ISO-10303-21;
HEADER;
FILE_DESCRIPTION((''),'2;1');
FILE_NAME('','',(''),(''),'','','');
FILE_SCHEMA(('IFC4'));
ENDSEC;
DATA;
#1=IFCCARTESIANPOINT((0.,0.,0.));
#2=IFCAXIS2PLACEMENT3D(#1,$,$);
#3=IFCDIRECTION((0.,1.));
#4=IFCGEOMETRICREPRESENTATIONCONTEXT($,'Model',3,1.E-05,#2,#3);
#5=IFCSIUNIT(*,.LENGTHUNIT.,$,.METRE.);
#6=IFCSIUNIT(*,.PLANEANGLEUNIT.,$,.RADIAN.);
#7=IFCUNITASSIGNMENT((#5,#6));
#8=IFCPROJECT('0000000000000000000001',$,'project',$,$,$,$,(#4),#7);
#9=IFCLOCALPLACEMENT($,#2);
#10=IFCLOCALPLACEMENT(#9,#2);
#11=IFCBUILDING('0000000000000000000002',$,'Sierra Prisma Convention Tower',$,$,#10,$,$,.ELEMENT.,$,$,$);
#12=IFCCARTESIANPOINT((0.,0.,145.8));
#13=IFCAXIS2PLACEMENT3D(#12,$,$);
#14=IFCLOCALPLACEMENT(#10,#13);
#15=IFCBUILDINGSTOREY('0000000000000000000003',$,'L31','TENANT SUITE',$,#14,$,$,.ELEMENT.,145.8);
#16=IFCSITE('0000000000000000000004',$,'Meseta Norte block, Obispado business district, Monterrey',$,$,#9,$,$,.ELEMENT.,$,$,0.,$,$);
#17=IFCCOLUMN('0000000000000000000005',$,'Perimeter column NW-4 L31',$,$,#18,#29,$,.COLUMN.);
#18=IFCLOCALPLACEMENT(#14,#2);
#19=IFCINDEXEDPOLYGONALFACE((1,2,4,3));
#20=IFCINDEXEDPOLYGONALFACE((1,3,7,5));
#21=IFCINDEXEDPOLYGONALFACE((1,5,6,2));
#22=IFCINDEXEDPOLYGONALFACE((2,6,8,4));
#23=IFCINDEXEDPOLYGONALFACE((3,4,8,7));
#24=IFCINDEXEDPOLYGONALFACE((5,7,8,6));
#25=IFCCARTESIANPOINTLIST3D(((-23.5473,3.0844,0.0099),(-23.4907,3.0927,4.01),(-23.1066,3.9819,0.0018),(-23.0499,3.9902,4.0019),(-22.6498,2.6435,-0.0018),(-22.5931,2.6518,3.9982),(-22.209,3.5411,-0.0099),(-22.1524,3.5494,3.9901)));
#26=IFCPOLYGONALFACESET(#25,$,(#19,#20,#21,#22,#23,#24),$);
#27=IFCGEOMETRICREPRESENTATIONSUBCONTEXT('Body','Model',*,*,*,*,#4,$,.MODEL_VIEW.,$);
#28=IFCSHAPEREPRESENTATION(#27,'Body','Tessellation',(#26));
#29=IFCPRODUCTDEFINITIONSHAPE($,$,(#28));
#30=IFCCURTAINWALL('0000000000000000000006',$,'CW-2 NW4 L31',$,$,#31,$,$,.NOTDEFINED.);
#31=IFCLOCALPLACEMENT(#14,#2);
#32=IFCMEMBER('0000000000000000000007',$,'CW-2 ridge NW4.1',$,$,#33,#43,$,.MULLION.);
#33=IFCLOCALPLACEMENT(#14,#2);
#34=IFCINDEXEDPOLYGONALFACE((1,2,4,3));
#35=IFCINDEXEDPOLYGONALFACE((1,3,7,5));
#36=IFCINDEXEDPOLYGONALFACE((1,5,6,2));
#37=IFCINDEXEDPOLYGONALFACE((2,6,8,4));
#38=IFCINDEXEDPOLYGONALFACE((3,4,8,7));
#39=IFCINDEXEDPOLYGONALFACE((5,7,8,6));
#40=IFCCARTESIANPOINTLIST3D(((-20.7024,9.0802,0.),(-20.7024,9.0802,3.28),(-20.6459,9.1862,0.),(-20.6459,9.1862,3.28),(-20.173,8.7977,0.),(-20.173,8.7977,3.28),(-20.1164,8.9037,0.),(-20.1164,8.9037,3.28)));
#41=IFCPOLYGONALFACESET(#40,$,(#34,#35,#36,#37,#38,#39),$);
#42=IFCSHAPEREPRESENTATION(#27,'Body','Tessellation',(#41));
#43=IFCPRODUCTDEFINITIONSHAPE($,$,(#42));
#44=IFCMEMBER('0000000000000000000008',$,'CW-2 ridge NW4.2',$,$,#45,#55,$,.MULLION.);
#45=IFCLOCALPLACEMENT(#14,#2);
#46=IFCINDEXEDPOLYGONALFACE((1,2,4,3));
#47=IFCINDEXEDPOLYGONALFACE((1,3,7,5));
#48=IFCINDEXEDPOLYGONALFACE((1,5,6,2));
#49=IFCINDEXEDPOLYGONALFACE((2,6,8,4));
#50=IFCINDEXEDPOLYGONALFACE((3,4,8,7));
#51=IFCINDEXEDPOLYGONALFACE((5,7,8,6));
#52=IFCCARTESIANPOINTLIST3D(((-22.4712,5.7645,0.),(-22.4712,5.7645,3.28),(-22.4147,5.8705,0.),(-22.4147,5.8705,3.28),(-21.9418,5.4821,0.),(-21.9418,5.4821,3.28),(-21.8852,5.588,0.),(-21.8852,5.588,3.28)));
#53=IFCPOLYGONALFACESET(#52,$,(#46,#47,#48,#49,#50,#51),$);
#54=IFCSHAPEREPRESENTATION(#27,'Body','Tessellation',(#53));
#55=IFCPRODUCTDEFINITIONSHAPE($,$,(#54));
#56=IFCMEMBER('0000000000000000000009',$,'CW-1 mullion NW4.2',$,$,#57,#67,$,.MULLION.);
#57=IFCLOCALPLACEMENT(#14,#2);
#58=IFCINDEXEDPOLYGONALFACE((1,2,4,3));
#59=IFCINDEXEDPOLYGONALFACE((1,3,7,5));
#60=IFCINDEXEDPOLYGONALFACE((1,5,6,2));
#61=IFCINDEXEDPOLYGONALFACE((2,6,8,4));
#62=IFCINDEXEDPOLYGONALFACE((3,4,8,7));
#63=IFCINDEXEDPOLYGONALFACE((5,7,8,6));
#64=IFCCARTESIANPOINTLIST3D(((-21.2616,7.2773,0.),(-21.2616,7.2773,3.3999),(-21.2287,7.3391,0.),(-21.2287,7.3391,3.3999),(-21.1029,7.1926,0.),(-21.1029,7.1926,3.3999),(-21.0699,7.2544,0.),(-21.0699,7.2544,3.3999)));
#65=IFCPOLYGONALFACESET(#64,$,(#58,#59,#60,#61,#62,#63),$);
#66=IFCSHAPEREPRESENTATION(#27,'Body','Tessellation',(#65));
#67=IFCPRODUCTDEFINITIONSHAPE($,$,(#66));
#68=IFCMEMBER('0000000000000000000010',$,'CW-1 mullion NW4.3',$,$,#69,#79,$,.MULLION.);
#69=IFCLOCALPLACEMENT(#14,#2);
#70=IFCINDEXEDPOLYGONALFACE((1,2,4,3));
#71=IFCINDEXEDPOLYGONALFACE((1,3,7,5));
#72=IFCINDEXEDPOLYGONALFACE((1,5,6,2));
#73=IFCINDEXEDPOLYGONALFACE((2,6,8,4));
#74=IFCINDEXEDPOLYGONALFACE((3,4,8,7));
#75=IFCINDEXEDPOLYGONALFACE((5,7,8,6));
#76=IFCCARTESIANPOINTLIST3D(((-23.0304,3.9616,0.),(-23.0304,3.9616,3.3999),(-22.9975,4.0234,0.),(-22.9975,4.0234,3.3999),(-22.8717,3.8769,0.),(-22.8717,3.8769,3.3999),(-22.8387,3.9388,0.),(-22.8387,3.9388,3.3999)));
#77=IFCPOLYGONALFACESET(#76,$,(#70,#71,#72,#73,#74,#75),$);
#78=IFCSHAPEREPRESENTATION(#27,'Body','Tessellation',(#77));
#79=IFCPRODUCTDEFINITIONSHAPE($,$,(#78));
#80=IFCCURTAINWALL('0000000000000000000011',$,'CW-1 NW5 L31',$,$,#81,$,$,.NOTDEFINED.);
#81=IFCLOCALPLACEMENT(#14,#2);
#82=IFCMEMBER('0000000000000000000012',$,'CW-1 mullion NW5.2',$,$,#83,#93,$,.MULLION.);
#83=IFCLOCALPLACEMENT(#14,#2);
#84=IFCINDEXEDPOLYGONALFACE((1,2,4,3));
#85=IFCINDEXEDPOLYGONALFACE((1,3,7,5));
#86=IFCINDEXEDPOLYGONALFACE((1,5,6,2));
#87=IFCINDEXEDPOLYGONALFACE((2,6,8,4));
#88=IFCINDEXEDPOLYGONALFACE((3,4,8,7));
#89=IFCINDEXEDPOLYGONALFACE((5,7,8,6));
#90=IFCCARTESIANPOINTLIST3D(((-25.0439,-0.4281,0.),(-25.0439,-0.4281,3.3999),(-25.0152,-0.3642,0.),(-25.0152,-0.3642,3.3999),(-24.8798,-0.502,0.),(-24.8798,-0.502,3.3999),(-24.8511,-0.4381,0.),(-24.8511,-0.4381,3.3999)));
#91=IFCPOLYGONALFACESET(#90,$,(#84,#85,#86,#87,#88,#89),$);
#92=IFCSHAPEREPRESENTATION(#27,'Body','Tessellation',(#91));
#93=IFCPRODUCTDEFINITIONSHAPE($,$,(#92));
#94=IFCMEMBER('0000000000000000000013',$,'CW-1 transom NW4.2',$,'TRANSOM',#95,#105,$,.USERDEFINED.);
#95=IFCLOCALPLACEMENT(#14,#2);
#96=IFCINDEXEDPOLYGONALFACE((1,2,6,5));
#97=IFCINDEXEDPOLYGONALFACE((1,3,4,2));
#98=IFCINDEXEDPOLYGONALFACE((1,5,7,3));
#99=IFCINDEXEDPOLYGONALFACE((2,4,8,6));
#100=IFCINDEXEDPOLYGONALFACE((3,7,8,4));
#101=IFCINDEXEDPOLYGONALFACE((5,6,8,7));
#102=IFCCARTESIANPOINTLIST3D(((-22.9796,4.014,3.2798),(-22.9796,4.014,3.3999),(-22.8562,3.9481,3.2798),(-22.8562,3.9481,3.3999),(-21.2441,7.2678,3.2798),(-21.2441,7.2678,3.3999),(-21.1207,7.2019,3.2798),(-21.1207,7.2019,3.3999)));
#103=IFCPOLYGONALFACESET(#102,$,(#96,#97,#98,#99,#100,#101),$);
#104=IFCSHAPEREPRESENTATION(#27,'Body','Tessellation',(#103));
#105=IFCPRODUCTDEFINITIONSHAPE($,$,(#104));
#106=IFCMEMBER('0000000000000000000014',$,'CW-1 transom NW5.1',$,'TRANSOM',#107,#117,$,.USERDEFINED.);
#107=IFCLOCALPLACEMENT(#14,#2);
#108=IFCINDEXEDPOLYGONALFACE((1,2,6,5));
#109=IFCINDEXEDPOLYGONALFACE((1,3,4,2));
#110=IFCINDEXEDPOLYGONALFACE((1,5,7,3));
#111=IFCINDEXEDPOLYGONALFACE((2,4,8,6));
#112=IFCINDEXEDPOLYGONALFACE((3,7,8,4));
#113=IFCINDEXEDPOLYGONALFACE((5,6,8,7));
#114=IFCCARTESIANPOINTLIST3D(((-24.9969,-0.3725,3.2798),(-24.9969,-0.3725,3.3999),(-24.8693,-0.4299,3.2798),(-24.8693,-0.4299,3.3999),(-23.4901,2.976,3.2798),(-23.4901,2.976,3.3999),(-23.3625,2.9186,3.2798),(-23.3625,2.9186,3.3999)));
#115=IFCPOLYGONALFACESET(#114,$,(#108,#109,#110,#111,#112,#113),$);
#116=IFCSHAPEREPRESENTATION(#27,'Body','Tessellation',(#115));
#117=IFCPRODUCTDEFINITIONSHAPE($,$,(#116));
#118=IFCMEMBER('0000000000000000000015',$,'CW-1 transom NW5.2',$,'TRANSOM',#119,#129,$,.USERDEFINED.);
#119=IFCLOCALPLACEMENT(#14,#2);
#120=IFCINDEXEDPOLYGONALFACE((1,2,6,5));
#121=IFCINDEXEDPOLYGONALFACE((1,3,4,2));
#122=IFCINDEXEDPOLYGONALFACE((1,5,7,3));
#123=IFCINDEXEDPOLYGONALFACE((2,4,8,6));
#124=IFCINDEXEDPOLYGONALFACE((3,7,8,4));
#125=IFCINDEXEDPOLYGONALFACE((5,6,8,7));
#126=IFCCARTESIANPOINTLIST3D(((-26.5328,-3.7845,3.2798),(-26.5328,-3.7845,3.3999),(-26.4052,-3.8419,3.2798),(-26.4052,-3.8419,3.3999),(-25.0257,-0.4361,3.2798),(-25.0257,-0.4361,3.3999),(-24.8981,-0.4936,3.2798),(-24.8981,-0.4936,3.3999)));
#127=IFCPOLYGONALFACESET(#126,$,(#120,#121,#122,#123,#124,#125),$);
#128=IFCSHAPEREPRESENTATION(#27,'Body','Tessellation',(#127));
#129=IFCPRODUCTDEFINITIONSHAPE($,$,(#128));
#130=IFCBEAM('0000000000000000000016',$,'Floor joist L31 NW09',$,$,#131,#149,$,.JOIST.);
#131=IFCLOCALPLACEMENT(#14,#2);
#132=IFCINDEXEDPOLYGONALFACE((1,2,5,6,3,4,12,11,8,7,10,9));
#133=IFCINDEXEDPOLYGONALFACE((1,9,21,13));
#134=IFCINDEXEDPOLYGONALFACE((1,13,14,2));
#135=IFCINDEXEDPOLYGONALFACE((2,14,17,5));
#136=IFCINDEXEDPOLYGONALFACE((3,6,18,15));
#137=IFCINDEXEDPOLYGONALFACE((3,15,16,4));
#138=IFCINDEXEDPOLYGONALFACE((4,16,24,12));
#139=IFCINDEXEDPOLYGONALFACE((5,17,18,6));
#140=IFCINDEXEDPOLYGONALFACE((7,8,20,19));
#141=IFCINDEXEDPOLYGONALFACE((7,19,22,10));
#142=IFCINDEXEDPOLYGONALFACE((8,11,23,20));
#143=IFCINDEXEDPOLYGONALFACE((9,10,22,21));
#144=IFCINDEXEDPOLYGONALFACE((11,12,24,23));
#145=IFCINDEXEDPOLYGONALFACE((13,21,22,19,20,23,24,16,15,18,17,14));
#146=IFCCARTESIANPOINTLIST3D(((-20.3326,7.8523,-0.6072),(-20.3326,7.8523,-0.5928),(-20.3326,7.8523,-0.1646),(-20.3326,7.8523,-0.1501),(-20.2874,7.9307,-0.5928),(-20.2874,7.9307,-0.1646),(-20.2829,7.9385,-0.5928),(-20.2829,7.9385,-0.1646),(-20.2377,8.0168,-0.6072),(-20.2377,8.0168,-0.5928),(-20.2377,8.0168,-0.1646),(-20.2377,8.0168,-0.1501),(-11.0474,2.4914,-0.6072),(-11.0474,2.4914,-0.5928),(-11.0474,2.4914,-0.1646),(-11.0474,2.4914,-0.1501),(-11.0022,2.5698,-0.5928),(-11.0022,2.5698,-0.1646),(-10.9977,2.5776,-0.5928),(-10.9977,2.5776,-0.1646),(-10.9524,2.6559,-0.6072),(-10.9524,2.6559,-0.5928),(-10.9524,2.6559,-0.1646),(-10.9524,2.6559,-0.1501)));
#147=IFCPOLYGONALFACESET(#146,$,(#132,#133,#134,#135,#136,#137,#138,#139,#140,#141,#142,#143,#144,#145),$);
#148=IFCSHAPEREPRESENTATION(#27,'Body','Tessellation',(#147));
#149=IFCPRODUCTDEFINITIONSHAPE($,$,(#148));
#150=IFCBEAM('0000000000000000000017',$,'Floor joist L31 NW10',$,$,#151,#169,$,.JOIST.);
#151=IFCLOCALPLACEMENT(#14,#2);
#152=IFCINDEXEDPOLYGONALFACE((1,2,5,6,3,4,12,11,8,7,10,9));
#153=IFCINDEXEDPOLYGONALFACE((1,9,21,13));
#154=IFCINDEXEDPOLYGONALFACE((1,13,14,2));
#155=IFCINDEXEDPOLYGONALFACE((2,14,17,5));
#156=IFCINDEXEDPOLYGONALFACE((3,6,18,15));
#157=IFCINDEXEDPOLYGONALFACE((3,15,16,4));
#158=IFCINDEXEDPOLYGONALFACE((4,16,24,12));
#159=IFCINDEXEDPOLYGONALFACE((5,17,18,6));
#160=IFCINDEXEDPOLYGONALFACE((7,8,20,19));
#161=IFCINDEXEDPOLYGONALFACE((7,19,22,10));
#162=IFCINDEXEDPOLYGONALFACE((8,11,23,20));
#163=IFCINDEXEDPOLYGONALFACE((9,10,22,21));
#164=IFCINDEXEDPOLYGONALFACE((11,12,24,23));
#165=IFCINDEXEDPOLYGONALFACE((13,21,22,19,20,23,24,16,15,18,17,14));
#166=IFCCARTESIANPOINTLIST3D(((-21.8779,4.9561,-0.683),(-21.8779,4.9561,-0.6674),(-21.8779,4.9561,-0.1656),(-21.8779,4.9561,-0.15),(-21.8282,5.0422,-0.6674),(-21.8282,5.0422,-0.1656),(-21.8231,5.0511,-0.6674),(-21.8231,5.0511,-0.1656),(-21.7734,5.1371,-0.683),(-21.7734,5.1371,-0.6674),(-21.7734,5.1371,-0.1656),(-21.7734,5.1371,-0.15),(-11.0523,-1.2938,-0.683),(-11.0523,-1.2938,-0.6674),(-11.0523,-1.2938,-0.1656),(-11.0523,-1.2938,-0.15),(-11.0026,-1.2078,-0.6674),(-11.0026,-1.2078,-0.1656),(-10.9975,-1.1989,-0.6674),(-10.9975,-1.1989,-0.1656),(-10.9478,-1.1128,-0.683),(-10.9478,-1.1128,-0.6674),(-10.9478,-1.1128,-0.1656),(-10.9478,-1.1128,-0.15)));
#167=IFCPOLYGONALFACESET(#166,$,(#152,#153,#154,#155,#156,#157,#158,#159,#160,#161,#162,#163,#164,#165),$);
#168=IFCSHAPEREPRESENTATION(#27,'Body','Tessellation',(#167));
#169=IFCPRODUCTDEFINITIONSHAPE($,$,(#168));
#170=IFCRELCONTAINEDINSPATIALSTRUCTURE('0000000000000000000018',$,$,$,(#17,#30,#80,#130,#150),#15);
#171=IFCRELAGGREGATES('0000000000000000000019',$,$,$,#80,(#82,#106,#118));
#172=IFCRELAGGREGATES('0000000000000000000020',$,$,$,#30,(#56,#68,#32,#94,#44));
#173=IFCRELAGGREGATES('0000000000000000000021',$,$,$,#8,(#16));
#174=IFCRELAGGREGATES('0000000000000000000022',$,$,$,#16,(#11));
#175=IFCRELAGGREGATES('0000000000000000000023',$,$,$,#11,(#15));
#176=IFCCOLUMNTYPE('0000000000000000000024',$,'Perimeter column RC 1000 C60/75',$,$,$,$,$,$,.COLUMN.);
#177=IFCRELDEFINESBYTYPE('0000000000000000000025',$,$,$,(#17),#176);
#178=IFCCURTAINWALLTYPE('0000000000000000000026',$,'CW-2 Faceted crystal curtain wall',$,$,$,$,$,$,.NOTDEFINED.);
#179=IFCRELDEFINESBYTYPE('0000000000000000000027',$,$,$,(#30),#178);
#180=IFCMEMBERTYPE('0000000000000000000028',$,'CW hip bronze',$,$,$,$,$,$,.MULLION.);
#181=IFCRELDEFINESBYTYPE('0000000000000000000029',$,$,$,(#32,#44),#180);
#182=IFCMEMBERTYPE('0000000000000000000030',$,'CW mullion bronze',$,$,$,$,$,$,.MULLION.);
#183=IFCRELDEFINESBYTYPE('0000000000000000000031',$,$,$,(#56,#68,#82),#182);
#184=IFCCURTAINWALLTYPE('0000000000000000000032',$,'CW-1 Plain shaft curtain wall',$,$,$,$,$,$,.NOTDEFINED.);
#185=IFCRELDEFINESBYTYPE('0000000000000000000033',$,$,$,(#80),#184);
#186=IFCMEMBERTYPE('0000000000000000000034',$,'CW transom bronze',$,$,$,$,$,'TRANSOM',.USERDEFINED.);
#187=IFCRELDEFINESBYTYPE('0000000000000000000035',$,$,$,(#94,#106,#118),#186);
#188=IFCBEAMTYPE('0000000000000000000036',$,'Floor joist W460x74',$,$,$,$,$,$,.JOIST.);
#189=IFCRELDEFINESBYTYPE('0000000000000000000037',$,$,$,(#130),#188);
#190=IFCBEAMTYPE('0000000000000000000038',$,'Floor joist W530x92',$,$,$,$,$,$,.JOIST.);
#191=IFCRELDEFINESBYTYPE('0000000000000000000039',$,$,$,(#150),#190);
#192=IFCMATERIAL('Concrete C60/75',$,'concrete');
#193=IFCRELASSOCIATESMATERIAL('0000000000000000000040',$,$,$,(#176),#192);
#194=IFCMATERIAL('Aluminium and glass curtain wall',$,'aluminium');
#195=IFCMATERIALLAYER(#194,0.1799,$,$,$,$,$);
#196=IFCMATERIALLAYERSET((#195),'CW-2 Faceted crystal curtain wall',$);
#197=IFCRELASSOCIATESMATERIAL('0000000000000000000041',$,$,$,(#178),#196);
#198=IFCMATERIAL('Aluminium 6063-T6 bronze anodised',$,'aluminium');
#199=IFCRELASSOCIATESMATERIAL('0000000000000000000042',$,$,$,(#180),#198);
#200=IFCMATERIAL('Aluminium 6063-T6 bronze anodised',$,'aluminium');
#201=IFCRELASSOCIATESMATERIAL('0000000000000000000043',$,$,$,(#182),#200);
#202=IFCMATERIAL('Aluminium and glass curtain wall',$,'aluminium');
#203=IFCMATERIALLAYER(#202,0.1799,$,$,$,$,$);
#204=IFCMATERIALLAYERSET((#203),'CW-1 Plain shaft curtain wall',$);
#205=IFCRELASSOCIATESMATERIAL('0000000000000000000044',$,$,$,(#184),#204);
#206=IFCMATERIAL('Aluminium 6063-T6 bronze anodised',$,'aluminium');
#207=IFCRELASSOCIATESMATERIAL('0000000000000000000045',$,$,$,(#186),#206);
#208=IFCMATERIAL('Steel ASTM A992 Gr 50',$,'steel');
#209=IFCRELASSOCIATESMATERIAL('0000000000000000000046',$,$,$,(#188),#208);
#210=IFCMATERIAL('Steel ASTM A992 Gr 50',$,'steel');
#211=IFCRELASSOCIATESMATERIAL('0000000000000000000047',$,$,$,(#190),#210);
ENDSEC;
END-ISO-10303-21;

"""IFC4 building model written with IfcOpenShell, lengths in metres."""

from ifc_helpers import new_model, si_unit, direction, frame, origin, origin_2d, place, context, subcontext, project, spatial, rectangle, i_section, extrude, material, layer, layer_set, material_profile, profile_set, type_object, element, aggregate, save


model = new_model("IFC4")

# Units and contexts
model_context = context("Model", 3, precision=1e-05, world=origin(), true_north=direction((0.0, 1.0)))
body_context = subcontext(model_context, "Body", "Model", "MODEL_VIEW")
ifc_project = project(units=[si_unit("LENGTHUNIT", "METRE"), si_unit("PLANEANGLEUNIT", "RADIAN")], contexts=[model_context])

# Site, building, storey
site_placement = place(None, origin())
site = spatial("IfcSite", under=ifc_project, at=site_placement, Name="Meseta Norte block, Obispado business district, Monterrey", CompositionType="ELEMENT", RefElevation=0.0)
building_placement = place(site_placement, origin())
building = spatial("IfcBuilding", under=site, at=building_placement, Name="Sierra Prisma Convention Tower", CompositionType="ELEMENT")
storey_placement = place(building_placement, frame((0.0, 0.0, 145.8)))
storey = spatial("IfcBuildingStorey", under=building, at=storey_placement, Name="L31", Description="TENANT SUITE", CompositionType="ELEMENT", Elevation=145.8)

# Column
ifc_material_1 = material(Name="Concrete C60/75", Category="concrete")
ifc_material_profile_1 = material_profile(ifc_material_1, rectangle(XDim=1.0, YDim=1.0, at=origin_2d()), Name="Perimeter column RC 1000 C60/75")
ifc_profile_set_1 = profile_set([ifc_material_profile_1], Name="Concrete C60/75")
column_type = type_object("IfcColumnType", Name="Perimeter column RC 1000 C60/75", PredefinedType="COLUMN", material=ifc_profile_set_1)
column_placement = place(storey_placement, frame((-22.8782, 3.3127, 0.0), z_axis=(0.014159, 0.002075, 0.999898), x_axis=(0.440741, 0.897598, -0.008104)))
element("IfcColumn", 1, at=column_placement, inside=storey, type_object=column_type, Name="Perimeter column NW-4 L31", PredefinedType="COLUMN", context=body_context, shape_type="SweptSolid", body=[
    extrude(rectangle(XDim=1.0, YDim=1.0, at=origin_2d()), origin(), (0.0, 0.0, 1.0), 4.0005),
])

# Curtain wall, members
ifc_material_2 = material(Name="Aluminium and glass curtain wall", Category="aluminium")
ifc_layer_1 = layer(ifc_material_2, 0.1799)
ifc_layer_set_1 = layer_set([ifc_layer_1], Name="CW-2 Faceted crystal curtain wall")
curtain_wall_type_1 = type_object("IfcCurtainWallType", Name="CW-2 Faceted crystal curtain wall", PredefinedType="NOTDEFINED", material=ifc_layer_set_1)
curtain_wall_1_placement = place(storey_placement, origin())
curtain_wall_1 = element("IfcCurtainWall", 2, at=curtain_wall_1_placement, inside=storey, type_object=curtain_wall_type_1, Name="CW-2 NW4 L31", PredefinedType="NOTDEFINED")
ifc_material_3 = material(Name="Aluminium 6063-T6 bronze anodised", Category="aluminium")
ifc_material_profile_2 = material_profile(ifc_material_3, rectangle(XDim=0.1201, YDim=0.6001, at=origin_2d()), Name="ALU RIDGE BLADE 120x600")
ifc_profile_set_2 = profile_set([ifc_material_profile_2], Name="Aluminium 6063-T6 bronze anodised")
member_type_1 = type_object("IfcMemberType", Name="CW hip bronze", PredefinedType="MULLION", material=ifc_profile_set_2)
member_1_placement = place(storey_placement, frame((-20.4094, 8.9919, 0.0), z_axis=(0.0, 0.0, 1.0), x_axis=(-0.470658, -0.882316, 0.0)))
member_1 = element("IfcMember", 3, at=member_1_placement, type_object=member_type_1, Name="CW-2 ridge NW4.1", PredefinedType="MULLION", context=body_context, shape_type="SweptSolid", body=[
    extrude(rectangle(XDim=0.1201, YDim=0.6001, at=origin_2d()), origin(), (0.0, 0.0, 1.0), 3.28),
])
member_2_placement = place(storey_placement, frame((-22.1782, 5.6763, 0.0), z_axis=(0.0, 0.0, 1.0), x_axis=(-0.470658, -0.882316, 0.0)))
member_2 = element("IfcMember", 4, at=member_2_placement, type_object=member_type_1, Name="CW-2 ridge NW4.2", PredefinedType="MULLION", context=body_context, shape_type="SweptSolid", body=[
    extrude(rectangle(XDim=0.1201, YDim=0.6001, at=origin_2d()), origin(), (0.0, 0.0, 1.0), 3.28),
])
ifc_material_4 = material(Name="Aluminium 6063-T6 bronze anodised", Category="aluminium")
ifc_material_profile_3 = material_profile(ifc_material_4, rectangle(XDim=0.1799, YDim=0.0701, at=origin_2d()), Name="ALU MULLION 70x180")
ifc_profile_set_3 = profile_set([ifc_material_profile_3], Name="Aluminium 6063-T6 bronze anodised")
member_type_2 = type_object("IfcMemberType", Name="CW mullion bronze", PredefinedType="MULLION", material=ifc_profile_set_3)
member_3_placement = place(storey_placement, frame((-21.1658, 7.2659, 0.0), z_axis=(0.0, 0.0, 1.0), x_axis=(0.882316, -0.470658, 0.0)))
member_3 = element("IfcMember", 5, at=member_3_placement, type_object=member_type_2, Name="CW-1 mullion NW4.2", PredefinedType="MULLION", context=body_context, shape_type="SweptSolid", body=[
    extrude(rectangle(XDim=0.1799, YDim=0.0701, at=origin_2d()), origin(), (0.0, 0.0, 1.0), 3.3999),
])
member_4_placement = place(storey_placement, frame((-22.9346, 3.9502, 0.0), z_axis=(0.0, 0.0, 1.0), x_axis=(0.882316, -0.470658, 0.0)))
member_4 = element("IfcMember", 6, at=member_4_placement, type_object=member_type_2, Name="CW-1 mullion NW4.3", PredefinedType="MULLION", context=body_context, shape_type="SweptSolid", body=[
    extrude(rectangle(XDim=0.1799, YDim=0.0701, at=origin_2d()), origin(), (0.0, 0.0, 1.0), 3.3999),
])

# Curtain wall, member
ifc_material_5 = material(Name="Aluminium and glass curtain wall", Category="aluminium")
ifc_layer_2 = layer(ifc_material_5, 0.1799)
ifc_layer_set_2 = layer_set([ifc_layer_2], Name="CW-1 Plain shaft curtain wall")
curtain_wall_type_2 = type_object("IfcCurtainWallType", Name="CW-1 Plain shaft curtain wall", PredefinedType="NOTDEFINED", material=ifc_layer_set_2)
curtain_wall_2_placement = place(storey_placement, origin())
curtain_wall_2 = element("IfcCurtainWall", 7, at=curtain_wall_2_placement, inside=storey, type_object=curtain_wall_type_2, Name="CW-1 NW5 L31", PredefinedType="NOTDEFINED")
member_5_placement = place(storey_placement, frame((-24.9475, -0.4331, 0.0), z_axis=(0.0, 0.0, 1.0), x_axis=(0.911898, -0.410416, 0.0)))
member_5 = element("IfcMember", 8, at=member_5_placement, type_object=member_type_2, Name="CW-1 mullion NW5.2", PredefinedType="MULLION", context=body_context, shape_type="SweptSolid", body=[
    extrude(rectangle(XDim=0.1799, YDim=0.0701, at=origin_2d()), origin(), (0.0, 0.0, 1.0), 3.3999),
])

# Members
ifc_material_6 = material(Name="Aluminium 6063-T6 bronze anodised", Category="aluminium")
ifc_material_profile_4 = material_profile(ifc_material_6, rectangle(XDim=0.1399, YDim=0.1201, at=origin_2d()), Name="ALU TRANSOM 120x140")
ifc_profile_set_4 = profile_set([ifc_material_profile_4], Name="Aluminium 6063-T6 bronze anodised")
member_type_3 = type_object("IfcMemberType", Name="CW transom bronze", ElementType="TRANSOM", PredefinedType="USERDEFINED", material=ifc_profile_set_4)
member_6_placement = place(storey_placement, frame((-21.1824, 7.2349, 3.3398), z_axis=(-0.470626, -0.882333, 0.0), x_axis=(0.882333, -0.470626, 0.0)))
member_6 = element("IfcMember", 9, at=member_6_placement, type_object=member_type_3, Name="CW-1 transom NW4.2", ObjectType="TRANSOM", PredefinedType="USERDEFINED", context=body_context, shape_type="SweptSolid", body=[
    extrude(rectangle(XDim=0.1399, YDim=0.1201, at=origin_2d()), origin(), (0.0, 0.0, 1.0), 3.6877),
])
member_7_placement = place(storey_placement, frame((-23.4263, 2.9473, 3.3398), z_axis=(-0.410379, -0.911915, 0.0), x_axis=(0.911915, -0.410379, 0.0)))
member_7 = element("IfcMember", 10, at=member_7_placement, type_object=member_type_3, Name="CW-1 transom NW5.1", ObjectType="TRANSOM", PredefinedType="USERDEFINED", context=body_context, shape_type="SweptSolid", body=[
    extrude(rectangle(XDim=0.1399, YDim=0.1201, at=origin_2d()), origin(), (0.0, 0.0, 1.0), 3.6719),
])
member_8_placement = place(storey_placement, frame((-24.9619, -0.4648, 3.3398), z_axis=(-0.410434, -0.91189, 0.0), x_axis=(0.91189, -0.410434, 0.0)))
member_8 = element("IfcMember", 11, at=member_8_placement, type_object=member_type_3, Name="CW-1 transom NW5.2", ObjectType="TRANSOM", PredefinedType="USERDEFINED", context=body_context, shape_type="SweptSolid", body=[
    extrude(rectangle(XDim=0.1399, YDim=0.1201, at=origin_2d()), origin(), (0.0, 0.0, 1.0), 3.6719),
])

# Beams
ifc_material_7 = material(Name="Steel ASTM A992 Gr 50", Category="steel")
ifc_material_profile_5 = material_profile(ifc_material_7, i_section(OverallWidth=0.1899, OverallDepth=0.457, WebThickness=0.009, FlangeThickness=0.0144, at=origin_2d()), Name="W460x74")
ifc_profile_set_5 = profile_set([ifc_material_profile_5], Name="Steel ASTM A992 Gr 50")
beam_type_1 = type_object("IfcBeamType", Name="Floor joist W460x74", PredefinedType="JOIST", material=ifc_profile_set_5)
beam_1_placement = place(storey_placement, frame((-20.2852, 7.9346, -0.3787), z_axis=(0.866023, -0.500004, 0.0), x_axis=(0.500004, 0.866023, 0.0)))
element("IfcBeam", 12, at=beam_1_placement, inside=storey, type_object=beam_type_1, Name="Floor joist L31 NW09", PredefinedType="JOIST", context=body_context, shape_type="SweptSolid", body=[
    extrude(i_section(OverallWidth=0.1899, OverallDepth=0.457, WebThickness=0.009, FlangeThickness=0.0144, at=origin_2d()), origin(), (0.0, 0.0, 1.0), 10.7217),
])
ifc_material_8 = material(Name="Steel ASTM A992 Gr 50", Category="steel")
ifc_material_profile_6 = material_profile(ifc_material_8, i_section(OverallWidth=0.209, OverallDepth=0.533, WebThickness=0.0103, FlangeThickness=0.0156, at=origin_2d()), Name="W530x92")
ifc_profile_set_6 = profile_set([ifc_material_profile_6], Name="Steel ASTM A992 Gr 50")
beam_type_2 = type_object("IfcBeamType", Name="Floor joist W530x92", PredefinedType="JOIST", material=ifc_profile_set_6)
beam_2_placement = place(storey_placement, frame((-21.8257, 5.0466, -0.4165), z_axis=(0.866033, -0.499987, 0.0), x_axis=(0.499987, 0.866033, 0.0)))
element("IfcBeam", 13, at=beam_2_placement, inside=storey, type_object=beam_type_2, Name="Floor joist L31 NW10", PredefinedType="JOIST", context=body_context, shape_type="SweptSolid", body=[
    extrude(i_section(OverallWidth=0.209, OverallDepth=0.533, WebThickness=0.0103, FlangeThickness=0.0156, at=origin_2d()), origin(), (0.0, 0.0, 1.0), 12.5002),
])

aggregate(curtain_wall_2, [member_5, member_7, member_8])
aggregate(curtain_wall_1, [member_3, member_4, member_1, member_6, member_2])

save(model, "model.ifc")
